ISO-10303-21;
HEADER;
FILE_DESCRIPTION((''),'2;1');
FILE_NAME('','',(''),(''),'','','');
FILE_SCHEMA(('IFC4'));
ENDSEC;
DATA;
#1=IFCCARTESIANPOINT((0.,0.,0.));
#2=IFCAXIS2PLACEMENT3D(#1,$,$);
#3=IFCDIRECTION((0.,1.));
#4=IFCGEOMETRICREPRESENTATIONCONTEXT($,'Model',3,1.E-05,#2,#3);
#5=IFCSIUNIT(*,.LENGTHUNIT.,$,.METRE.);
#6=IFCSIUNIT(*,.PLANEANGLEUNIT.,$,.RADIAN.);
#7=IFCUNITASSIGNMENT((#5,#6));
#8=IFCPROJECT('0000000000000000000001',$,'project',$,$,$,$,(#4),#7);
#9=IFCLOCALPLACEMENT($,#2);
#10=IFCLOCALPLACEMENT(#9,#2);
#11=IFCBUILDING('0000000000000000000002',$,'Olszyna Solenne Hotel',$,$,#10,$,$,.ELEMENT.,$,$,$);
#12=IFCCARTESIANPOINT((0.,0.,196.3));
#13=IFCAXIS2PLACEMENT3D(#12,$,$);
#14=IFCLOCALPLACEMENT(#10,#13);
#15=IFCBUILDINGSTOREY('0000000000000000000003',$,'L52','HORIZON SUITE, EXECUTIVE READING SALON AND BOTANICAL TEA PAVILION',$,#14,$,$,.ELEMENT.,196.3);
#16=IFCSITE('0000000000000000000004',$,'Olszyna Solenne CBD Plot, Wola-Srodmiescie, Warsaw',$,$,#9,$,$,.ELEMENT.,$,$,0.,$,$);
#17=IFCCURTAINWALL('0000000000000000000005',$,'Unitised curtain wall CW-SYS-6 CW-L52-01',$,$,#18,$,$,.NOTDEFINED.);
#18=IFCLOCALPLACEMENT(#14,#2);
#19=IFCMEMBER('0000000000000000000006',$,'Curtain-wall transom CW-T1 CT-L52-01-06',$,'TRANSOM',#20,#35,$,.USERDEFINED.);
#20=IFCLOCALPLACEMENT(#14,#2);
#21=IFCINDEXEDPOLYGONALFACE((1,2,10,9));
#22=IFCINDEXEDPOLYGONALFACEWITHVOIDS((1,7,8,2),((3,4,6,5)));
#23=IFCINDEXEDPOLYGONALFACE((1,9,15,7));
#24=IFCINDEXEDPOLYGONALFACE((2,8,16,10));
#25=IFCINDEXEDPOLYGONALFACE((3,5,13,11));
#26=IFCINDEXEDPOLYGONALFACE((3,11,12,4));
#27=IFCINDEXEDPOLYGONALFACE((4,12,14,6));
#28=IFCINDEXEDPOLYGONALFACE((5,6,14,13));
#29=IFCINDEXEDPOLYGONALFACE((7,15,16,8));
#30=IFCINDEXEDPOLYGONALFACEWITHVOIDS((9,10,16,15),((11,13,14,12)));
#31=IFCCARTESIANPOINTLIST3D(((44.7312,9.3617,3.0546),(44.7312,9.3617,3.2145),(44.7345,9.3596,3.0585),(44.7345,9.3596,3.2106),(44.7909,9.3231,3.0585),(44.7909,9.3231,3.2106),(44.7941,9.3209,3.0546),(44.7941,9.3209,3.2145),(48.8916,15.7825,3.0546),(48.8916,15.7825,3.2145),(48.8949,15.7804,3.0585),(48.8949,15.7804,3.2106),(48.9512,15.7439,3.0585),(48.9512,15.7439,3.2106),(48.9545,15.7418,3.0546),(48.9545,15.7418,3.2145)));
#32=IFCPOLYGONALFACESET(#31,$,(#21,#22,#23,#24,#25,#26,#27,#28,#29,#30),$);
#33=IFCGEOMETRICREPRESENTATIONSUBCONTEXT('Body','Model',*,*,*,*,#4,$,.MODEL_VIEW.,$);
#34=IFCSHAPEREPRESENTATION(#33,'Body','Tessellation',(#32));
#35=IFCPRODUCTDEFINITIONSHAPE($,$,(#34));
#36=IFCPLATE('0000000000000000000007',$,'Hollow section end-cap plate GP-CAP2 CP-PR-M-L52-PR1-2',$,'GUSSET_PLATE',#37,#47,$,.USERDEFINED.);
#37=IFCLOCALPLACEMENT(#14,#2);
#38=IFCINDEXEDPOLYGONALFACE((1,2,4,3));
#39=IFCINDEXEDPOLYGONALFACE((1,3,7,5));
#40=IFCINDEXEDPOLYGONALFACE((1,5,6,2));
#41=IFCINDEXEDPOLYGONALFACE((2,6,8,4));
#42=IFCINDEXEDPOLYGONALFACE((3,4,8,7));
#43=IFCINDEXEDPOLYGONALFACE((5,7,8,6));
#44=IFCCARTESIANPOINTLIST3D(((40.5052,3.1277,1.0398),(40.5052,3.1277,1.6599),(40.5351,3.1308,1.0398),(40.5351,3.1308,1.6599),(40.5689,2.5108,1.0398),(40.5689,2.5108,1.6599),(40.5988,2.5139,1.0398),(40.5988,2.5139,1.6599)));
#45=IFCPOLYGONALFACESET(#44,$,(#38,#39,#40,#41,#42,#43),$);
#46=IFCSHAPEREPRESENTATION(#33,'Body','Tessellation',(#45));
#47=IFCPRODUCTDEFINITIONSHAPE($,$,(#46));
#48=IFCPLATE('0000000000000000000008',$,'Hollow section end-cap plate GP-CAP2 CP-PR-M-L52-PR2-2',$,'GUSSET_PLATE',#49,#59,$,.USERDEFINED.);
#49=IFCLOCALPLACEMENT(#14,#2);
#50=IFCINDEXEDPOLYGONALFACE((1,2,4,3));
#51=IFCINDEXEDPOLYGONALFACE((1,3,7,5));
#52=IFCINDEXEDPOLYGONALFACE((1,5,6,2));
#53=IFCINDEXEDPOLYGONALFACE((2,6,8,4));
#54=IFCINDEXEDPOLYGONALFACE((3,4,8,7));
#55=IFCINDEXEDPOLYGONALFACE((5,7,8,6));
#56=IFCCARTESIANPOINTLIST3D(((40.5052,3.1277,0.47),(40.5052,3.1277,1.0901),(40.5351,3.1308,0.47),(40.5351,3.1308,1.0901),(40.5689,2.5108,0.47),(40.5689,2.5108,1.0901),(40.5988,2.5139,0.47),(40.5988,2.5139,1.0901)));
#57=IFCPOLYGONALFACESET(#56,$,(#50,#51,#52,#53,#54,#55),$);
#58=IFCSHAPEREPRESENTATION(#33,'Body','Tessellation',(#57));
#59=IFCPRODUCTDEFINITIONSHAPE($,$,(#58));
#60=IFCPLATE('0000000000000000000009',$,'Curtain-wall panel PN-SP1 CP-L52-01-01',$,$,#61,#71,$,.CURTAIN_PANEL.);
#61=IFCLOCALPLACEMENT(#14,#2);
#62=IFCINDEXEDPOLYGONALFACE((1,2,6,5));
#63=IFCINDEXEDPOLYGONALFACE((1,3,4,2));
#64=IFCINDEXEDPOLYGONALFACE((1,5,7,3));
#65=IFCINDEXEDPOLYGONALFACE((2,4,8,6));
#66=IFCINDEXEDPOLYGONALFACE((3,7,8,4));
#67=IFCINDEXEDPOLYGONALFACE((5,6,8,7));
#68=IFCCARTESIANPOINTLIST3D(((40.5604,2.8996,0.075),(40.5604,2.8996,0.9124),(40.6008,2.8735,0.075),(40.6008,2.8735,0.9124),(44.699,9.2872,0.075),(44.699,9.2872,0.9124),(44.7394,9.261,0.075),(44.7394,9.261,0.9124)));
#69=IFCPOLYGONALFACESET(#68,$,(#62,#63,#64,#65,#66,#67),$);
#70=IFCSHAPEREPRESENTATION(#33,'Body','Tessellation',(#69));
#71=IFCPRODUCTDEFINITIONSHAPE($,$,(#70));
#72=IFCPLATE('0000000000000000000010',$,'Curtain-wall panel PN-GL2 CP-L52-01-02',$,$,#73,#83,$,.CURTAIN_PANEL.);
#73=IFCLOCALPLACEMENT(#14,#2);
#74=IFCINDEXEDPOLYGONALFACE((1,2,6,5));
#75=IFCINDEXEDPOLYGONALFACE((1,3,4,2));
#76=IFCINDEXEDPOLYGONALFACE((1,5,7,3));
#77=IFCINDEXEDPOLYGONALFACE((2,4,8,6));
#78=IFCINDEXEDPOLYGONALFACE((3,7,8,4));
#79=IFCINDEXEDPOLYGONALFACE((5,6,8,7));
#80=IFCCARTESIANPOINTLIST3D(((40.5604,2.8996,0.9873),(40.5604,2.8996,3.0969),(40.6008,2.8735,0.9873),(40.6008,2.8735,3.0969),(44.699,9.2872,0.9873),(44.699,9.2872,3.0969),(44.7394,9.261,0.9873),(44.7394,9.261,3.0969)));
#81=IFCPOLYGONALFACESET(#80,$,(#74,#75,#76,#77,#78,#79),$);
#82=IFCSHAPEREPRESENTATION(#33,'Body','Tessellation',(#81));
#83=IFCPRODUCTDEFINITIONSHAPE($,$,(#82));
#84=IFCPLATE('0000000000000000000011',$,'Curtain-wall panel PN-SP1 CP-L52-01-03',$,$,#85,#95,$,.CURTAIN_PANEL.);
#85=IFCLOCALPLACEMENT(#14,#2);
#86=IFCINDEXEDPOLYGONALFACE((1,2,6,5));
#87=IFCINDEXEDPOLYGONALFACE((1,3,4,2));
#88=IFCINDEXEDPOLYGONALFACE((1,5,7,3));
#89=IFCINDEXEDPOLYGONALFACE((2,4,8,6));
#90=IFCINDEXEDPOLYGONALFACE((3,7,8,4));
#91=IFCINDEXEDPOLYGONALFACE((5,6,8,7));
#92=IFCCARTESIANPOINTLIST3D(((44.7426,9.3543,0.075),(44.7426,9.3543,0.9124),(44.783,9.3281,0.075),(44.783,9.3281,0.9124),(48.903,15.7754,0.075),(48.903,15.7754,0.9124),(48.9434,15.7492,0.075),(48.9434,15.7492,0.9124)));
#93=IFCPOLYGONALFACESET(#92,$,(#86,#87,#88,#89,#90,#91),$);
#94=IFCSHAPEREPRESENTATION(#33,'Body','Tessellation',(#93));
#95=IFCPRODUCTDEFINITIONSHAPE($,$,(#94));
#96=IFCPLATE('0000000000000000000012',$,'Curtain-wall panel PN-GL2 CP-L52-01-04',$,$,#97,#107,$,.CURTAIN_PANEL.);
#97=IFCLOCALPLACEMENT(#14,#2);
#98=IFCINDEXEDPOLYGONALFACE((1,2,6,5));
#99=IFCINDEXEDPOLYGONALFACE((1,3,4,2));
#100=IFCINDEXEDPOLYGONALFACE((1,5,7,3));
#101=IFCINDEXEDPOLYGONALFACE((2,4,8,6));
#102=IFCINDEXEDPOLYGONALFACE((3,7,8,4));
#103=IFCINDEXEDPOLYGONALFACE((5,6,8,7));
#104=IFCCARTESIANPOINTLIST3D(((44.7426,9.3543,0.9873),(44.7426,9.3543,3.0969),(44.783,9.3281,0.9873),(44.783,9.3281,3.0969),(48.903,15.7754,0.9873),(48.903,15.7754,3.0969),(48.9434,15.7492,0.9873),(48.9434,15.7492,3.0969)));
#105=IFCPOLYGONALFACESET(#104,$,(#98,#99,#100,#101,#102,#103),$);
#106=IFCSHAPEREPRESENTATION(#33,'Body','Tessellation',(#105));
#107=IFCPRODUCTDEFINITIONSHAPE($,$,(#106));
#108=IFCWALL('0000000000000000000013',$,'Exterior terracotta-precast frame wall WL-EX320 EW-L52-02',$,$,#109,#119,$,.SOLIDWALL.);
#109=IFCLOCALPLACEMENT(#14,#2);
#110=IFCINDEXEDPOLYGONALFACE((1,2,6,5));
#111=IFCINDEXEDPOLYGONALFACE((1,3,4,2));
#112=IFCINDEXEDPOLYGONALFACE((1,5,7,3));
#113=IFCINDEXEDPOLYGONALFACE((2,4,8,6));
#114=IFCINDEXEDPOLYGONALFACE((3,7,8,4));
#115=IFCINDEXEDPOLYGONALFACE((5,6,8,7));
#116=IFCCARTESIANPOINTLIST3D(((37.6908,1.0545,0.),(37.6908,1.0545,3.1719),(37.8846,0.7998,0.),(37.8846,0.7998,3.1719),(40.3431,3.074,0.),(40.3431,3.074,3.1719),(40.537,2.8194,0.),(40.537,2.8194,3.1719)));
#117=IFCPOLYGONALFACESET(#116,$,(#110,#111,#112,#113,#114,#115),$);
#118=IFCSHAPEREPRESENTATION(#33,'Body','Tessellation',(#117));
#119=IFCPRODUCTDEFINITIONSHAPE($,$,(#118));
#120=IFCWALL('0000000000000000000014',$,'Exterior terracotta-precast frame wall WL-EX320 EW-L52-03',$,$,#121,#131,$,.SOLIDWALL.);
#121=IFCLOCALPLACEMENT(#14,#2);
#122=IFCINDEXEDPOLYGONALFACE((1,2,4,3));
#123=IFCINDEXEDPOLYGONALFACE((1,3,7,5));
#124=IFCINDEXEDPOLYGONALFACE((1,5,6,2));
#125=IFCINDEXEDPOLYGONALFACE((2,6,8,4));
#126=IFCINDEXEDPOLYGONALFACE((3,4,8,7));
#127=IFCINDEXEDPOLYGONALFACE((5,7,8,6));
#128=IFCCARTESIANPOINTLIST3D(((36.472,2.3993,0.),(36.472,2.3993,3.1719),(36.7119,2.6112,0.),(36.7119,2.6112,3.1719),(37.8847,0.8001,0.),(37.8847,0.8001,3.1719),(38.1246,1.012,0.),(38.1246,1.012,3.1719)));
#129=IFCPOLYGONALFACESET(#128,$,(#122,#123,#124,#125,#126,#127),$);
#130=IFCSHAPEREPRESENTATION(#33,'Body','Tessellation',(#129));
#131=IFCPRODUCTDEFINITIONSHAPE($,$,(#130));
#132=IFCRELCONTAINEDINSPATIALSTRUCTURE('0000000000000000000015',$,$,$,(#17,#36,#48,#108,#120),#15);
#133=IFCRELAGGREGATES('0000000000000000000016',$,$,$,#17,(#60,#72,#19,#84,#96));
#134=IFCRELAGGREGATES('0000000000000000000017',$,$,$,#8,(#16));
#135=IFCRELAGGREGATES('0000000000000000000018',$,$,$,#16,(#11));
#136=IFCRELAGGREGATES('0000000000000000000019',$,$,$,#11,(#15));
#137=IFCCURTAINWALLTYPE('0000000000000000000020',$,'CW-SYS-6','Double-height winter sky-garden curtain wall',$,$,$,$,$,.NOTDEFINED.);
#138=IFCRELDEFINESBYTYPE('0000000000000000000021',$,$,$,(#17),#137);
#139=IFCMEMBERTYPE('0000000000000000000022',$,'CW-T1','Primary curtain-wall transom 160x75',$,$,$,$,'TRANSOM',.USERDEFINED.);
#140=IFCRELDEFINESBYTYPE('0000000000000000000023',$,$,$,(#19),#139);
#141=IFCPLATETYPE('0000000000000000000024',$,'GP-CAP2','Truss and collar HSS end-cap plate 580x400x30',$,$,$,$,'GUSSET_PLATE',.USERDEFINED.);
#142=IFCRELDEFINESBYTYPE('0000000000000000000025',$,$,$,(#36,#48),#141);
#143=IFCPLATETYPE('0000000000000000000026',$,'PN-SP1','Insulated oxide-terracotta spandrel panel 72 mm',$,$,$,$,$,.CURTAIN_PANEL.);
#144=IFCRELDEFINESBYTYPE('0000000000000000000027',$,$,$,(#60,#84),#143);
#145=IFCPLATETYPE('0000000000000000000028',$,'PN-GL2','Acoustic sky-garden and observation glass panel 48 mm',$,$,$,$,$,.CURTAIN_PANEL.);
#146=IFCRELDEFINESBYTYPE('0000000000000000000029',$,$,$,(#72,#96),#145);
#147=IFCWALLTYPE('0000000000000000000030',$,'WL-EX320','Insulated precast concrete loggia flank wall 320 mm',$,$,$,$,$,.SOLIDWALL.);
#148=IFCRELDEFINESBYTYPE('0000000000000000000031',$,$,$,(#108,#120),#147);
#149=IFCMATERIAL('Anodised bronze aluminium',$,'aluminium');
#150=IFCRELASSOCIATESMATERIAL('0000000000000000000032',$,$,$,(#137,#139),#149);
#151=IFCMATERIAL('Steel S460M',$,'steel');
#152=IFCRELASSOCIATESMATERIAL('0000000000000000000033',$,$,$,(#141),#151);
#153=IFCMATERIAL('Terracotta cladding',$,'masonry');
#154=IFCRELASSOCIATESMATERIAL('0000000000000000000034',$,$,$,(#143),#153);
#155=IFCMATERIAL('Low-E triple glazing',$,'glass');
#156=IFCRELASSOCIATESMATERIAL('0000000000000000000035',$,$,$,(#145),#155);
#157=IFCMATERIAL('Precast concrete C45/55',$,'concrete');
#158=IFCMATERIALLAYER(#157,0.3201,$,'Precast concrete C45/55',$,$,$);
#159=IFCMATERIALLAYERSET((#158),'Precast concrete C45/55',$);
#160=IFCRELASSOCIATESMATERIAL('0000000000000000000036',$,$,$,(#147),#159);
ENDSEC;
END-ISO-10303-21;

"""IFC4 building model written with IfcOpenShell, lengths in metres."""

from ifc_helpers import new_model, si_unit, direction, frame, frame_2d, origin, origin_2d, place, context, subcontext, project, spatial, rectangle, hollow_rectangle, extrude, source, transform, mapped, material, layer, layer_set, material_profile, profile_set, type_object, element, aggregate, save


model = new_model("IFC4")

# Units and contexts
model_context = context("Model", 3, precision=1e-05, world=origin(), true_north=direction((0.0, 1.0)))
body_context = subcontext(model_context, "Body", "Model", "MODEL_VIEW")
ifc_project = project(units=[si_unit("LENGTHUNIT", "METRE"), si_unit("PLANEANGLEUNIT", "RADIAN")], contexts=[model_context])

# Site, building, storey
site_placement = place(None, origin())
site = spatial("IfcSite", under=ifc_project, at=site_placement, Name="Olszyna Solenne CBD Plot, Wola-Srodmiescie, Warsaw", CompositionType="ELEMENT", RefElevation=0.0)
building_placement = place(site_placement, origin())
building = spatial("IfcBuilding", under=site, at=building_placement, Name="Olszyna Solenne Hotel", CompositionType="ELEMENT")
storey_placement = place(building_placement, frame((0.0, 0.0, 196.3)))
storey = spatial("IfcBuildingStorey", under=building, at=storey_placement, Name="L52", Description="HORIZON SUITE, EXECUTIVE READING SALON AND BOTANICAL TEA PAVILION", CompositionType="ELEMENT", Elevation=196.3)

# Shared definitions
ifc_material_1 = material(Name="Steel S460M", Category="steel")

# Curtain wall, member
ifc_material_2 = material(Name="Anodised bronze aluminium", Category="aluminium")
curtain_wall_type = type_object("IfcCurtainWallType", Name="CW-SYS-6", Description="Double-height winter sky-garden curtain wall", PredefinedType="NOTDEFINED", material=ifc_material_2)
curtain_wall_placement = place(storey_placement, origin())
curtain_wall = element("IfcCurtainWall", 1, at=curtain_wall_placement, inside=storey, type_object=curtain_wall_type, Name="Unitised curtain wall CW-SYS-6 CW-L52-01", PredefinedType="NOTDEFINED")
ifc_material_profile_1 = material_profile(ifc_material_2, hollow_rectangle(XDim=0.075, YDim=0.1599, WallThickness=0.0039, at=origin_2d()), Name="TRAN 160x75x4", Category="load-bearing")
ifc_profile_set_1 = profile_set([ifc_material_profile_1], Name="Anodised bronze aluminium")
member_type_1 = type_object("IfcMemberType", Name="CW-T1", Description="Primary curtain-wall transom 160x75", ElementType="TRANSOM", PredefinedType="USERDEFINED", material=ifc_profile_set_1)
shared_shape_1 = source(origin(), body_context, "Body", "SweptSolid", [
    extrude(hollow_rectangle(XDim=0.075, YDim=0.1599, WallThickness=0.0039, at=origin_2d()), origin(), (0.0, 0.0, 1.0), 7.6509),
])
member_1_placement = place(storey_placement, frame((44.7627, 9.3413, 3.1345), z_axis=(0.543776, 0.83923, 0.0), x_axis=(-0.83923, 0.543776, 0.0)))
member_1 = element("IfcMember", 2, at=member_1_placement, type_object=member_type_1, Name="Curtain-wall transom CW-T1 CT-L52-01-06", ObjectType="TRANSOM", PredefinedType="USERDEFINED", context=body_context, shape_type="MappedRepresentation", body=[
    mapped(shared_shape_1, transform((0.0, 0.0, 0.0), x_axis=(1.0, 0.0, 0.0), y_axis=(0.0, 1.0, 0.0), z_axis=(0.0, 0.0, 1.0), scale=1.0)),
])

# Plates
plate_type_1 = type_object("IfcPlateType", Name="GP-CAP2", Description="Truss and collar HSS end-cap plate 580x400x30", ElementType="GUSSET_PLATE", PredefinedType="USERDEFINED", material=ifc_material_1)
shared_shape_2 = source(origin(), body_context, "Body", "SweptSolid", [
    extrude(rectangle(XDim=0.03, YDim=0.6201, at=origin_2d()), origin(), (0.0, 0.0, 1.0), 0.6201),
])
for number, where, z_axis, x_axis, name in (
    (3, (40.552, 2.8208, 1.0398), (0.0, 0.0, 1.0), (0.994703, 0.102793, 0.0), "Hollow section end-cap plate GP-CAP2 CP-PR-M-L52-PR1-2"),
    (4, (40.552, 2.8208, 0.47), (0.0, 0.0, 1.0), (0.994703, 0.102793, 0.0), "Hollow section end-cap plate GP-CAP2 CP-PR-M-L52-PR2-2"),
):
    element("IfcPlate", number, at=place(storey_placement, frame(where, z_axis=z_axis, x_axis=x_axis)), inside=storey, type_object=plate_type_1, Name=name, ObjectType="GUSSET_PLATE", PredefinedType="USERDEFINED", context=body_context, shape_type="MappedRepresentation", body=[
        mapped(shared_shape_2, transform((0.0, 0.0, 0.0), x_axis=(1.0, 0.0, 0.0), y_axis=(0.0, 1.0, 0.0), z_axis=(0.0, 0.0, 1.0), scale=1.0)),
    ])

# Plates
ifc_material_3 = material(Name="Terracotta cladding", Category="masonry")
plate_type_2 = type_object("IfcPlateType", Name="PN-SP1", Description="Insulated oxide-terracotta spandrel panel 72 mm", PredefinedType="CURTAIN_PANEL", material=ifc_material_3)
shared_shape_3 = source(origin(), body_context, "Body", "SweptSolid", [
    extrude(rectangle(XDim=7.6111, YDim=0.0481, at=origin_2d()), origin(), (0.0, 0.0, 1.0), 0.8374),
])
plate_1_placement = place(storey_placement, frame((42.6499, 6.0803, 0.075), z_axis=(0.0, 0.0, 1.0), x_axis=(0.543762, 0.83924, 0.0)))
plate_1 = element("IfcPlate", 5, at=plate_1_placement, type_object=plate_type_2, Name="Curtain-wall panel PN-SP1 CP-L52-01-01", PredefinedType="CURTAIN_PANEL", context=body_context, shape_type="MappedRepresentation", body=[
    mapped(shared_shape_3, transform((0.0, 0.0, 0.0), x_axis=(1.0, 0.0, 0.0), y_axis=(0.0, 1.0, 0.0), z_axis=(0.0, 0.0, 1.0), scale=1.0)),
])
ifc_material_4 = material(Name="Low-E triple glazing", Category="glass")
plate_type_3 = type_object("IfcPlateType", Name="PN-GL2", Description="Acoustic sky-garden and observation glass panel 48 mm", PredefinedType="CURTAIN_PANEL", material=ifc_material_4)
shared_shape_4 = source(origin(), body_context, "Body", "SweptSolid", [
    extrude(rectangle(XDim=7.6111, YDim=0.0481, at=origin_2d()), origin(), (0.0, 0.0, 1.0), 2.1096),
])
plate_2_placement = place(storey_placement, frame((42.6499, 6.0803, 0.9873), z_axis=(0.0, 0.0, 1.0), x_axis=(0.543762, 0.83924, 0.0)))
plate_2 = element("IfcPlate", 6, at=plate_2_placement, type_object=plate_type_3, Name="Curtain-wall panel PN-GL2 CP-L52-01-02", PredefinedType="CURTAIN_PANEL", context=body_context, shape_type="MappedRepresentation", body=[
    mapped(shared_shape_4, transform((0.0, 0.0, 0.0), x_axis=(1.0, 0.0, 0.0), y_axis=(0.0, 1.0, 0.0), z_axis=(0.0, 0.0, 1.0), scale=1.0)),
])
shared_shape_5 = source(origin(), body_context, "Body", "SweptSolid", [
    extrude(rectangle(XDim=7.6511, YDim=0.0481, at=origin_2d()), origin(), (0.0, 0.0, 1.0), 0.8374),
])
plate_3_placement = place(storey_placement, frame((46.843, 12.5518, 0.075), z_axis=(0.0, 0.0, 1.0), x_axis=(0.543762, 0.83924, 0.0)))
plate_3 = element("IfcPlate", 7, at=plate_3_placement, type_object=plate_type_2, Name="Curtain-wall panel PN-SP1 CP-L52-01-03", PredefinedType="CURTAIN_PANEL", context=body_context, shape_type="MappedRepresentation", body=[
    mapped(shared_shape_5, transform((0.0, 0.0, 0.0), x_axis=(1.0, 0.0, 0.0), y_axis=(0.0, 1.0, 0.0), z_axis=(0.0, 0.0, 1.0), scale=1.0)),
])
shared_shape_6 = source(origin(), body_context, "Body", "SweptSolid", [
    extrude(rectangle(XDim=7.6511, YDim=0.0481, at=origin_2d()), origin(), (0.0, 0.0, 1.0), 2.1096),
])
plate_4_placement = place(storey_placement, frame((46.843, 12.5518, 0.9873), z_axis=(0.0, 0.0, 1.0), x_axis=(0.543762, 0.83924, 0.0)))
plate_4 = element("IfcPlate", 8, at=plate_4_placement, type_object=plate_type_3, Name="Curtain-wall panel PN-GL2 CP-L52-01-04", PredefinedType="CURTAIN_PANEL", context=body_context, shape_type="MappedRepresentation", body=[
    mapped(shared_shape_6, transform((0.0, 0.0, 0.0), x_axis=(1.0, 0.0, 0.0), y_axis=(0.0, 1.0, 0.0), z_axis=(0.0, 0.0, 1.0), scale=1.0)),
])
aggregate(curtain_wall, [plate_1, plate_2, member_1, plate_3, plate_4])

# Walls
ifc_material_5 = material(Name="Precast concrete C45/55", Category="concrete")
ifc_layer = layer(ifc_material_5, 0.3201, Name="Precast concrete C45/55")
ifc_layer_set = layer_set([ifc_layer], Name="Precast concrete C45/55")
wall_type = type_object("IfcWallType", Name="WL-EX320", Description="Insulated precast concrete loggia flank wall 320 mm", PredefinedType="SOLIDWALL", material=ifc_layer_set)
wall_1_placement = place(storey_placement, frame((40.4402, 2.9468, 0.0), z_axis=(0.0, 0.0, 1.0), x_axis=(-0.79562, -0.605796, 0.0)))
element("IfcWall", 9, at=wall_1_placement, inside=storey, type_object=wall_type, Name="Exterior terracotta-precast frame wall WL-EX320 EW-L52-02", PredefinedType="SOLIDWALL", context=body_context, shape_type="SweptSolid", body=[
    extrude(rectangle(XDim=3.3337, YDim=0.3201, at=frame_2d((1.667, 0.0))), origin(), (0.0, 0.0, 1.0), 3.1719),
])
wall_2_placement = place(storey_placement, frame((38.0046, 0.906, 0.0), z_axis=(0.0, 0.0, 1.0), x_axis=(-0.662045, 0.749464, 0.0)))
element("IfcWall", 10, at=wall_2_placement, inside=storey, type_object=wall_type, Name="Exterior terracotta-precast frame wall WL-EX320 EW-L52-03", PredefinedType="SOLIDWALL", context=body_context, shape_type="SweptSolid", body=[
    extrude(rectangle(XDim=2.1338, YDim=0.3201, at=frame_2d((1.0669, 0.0))), origin(), (0.0, 0.0, 1.0), 3.1719),
])

save(model, "model.ifc")
